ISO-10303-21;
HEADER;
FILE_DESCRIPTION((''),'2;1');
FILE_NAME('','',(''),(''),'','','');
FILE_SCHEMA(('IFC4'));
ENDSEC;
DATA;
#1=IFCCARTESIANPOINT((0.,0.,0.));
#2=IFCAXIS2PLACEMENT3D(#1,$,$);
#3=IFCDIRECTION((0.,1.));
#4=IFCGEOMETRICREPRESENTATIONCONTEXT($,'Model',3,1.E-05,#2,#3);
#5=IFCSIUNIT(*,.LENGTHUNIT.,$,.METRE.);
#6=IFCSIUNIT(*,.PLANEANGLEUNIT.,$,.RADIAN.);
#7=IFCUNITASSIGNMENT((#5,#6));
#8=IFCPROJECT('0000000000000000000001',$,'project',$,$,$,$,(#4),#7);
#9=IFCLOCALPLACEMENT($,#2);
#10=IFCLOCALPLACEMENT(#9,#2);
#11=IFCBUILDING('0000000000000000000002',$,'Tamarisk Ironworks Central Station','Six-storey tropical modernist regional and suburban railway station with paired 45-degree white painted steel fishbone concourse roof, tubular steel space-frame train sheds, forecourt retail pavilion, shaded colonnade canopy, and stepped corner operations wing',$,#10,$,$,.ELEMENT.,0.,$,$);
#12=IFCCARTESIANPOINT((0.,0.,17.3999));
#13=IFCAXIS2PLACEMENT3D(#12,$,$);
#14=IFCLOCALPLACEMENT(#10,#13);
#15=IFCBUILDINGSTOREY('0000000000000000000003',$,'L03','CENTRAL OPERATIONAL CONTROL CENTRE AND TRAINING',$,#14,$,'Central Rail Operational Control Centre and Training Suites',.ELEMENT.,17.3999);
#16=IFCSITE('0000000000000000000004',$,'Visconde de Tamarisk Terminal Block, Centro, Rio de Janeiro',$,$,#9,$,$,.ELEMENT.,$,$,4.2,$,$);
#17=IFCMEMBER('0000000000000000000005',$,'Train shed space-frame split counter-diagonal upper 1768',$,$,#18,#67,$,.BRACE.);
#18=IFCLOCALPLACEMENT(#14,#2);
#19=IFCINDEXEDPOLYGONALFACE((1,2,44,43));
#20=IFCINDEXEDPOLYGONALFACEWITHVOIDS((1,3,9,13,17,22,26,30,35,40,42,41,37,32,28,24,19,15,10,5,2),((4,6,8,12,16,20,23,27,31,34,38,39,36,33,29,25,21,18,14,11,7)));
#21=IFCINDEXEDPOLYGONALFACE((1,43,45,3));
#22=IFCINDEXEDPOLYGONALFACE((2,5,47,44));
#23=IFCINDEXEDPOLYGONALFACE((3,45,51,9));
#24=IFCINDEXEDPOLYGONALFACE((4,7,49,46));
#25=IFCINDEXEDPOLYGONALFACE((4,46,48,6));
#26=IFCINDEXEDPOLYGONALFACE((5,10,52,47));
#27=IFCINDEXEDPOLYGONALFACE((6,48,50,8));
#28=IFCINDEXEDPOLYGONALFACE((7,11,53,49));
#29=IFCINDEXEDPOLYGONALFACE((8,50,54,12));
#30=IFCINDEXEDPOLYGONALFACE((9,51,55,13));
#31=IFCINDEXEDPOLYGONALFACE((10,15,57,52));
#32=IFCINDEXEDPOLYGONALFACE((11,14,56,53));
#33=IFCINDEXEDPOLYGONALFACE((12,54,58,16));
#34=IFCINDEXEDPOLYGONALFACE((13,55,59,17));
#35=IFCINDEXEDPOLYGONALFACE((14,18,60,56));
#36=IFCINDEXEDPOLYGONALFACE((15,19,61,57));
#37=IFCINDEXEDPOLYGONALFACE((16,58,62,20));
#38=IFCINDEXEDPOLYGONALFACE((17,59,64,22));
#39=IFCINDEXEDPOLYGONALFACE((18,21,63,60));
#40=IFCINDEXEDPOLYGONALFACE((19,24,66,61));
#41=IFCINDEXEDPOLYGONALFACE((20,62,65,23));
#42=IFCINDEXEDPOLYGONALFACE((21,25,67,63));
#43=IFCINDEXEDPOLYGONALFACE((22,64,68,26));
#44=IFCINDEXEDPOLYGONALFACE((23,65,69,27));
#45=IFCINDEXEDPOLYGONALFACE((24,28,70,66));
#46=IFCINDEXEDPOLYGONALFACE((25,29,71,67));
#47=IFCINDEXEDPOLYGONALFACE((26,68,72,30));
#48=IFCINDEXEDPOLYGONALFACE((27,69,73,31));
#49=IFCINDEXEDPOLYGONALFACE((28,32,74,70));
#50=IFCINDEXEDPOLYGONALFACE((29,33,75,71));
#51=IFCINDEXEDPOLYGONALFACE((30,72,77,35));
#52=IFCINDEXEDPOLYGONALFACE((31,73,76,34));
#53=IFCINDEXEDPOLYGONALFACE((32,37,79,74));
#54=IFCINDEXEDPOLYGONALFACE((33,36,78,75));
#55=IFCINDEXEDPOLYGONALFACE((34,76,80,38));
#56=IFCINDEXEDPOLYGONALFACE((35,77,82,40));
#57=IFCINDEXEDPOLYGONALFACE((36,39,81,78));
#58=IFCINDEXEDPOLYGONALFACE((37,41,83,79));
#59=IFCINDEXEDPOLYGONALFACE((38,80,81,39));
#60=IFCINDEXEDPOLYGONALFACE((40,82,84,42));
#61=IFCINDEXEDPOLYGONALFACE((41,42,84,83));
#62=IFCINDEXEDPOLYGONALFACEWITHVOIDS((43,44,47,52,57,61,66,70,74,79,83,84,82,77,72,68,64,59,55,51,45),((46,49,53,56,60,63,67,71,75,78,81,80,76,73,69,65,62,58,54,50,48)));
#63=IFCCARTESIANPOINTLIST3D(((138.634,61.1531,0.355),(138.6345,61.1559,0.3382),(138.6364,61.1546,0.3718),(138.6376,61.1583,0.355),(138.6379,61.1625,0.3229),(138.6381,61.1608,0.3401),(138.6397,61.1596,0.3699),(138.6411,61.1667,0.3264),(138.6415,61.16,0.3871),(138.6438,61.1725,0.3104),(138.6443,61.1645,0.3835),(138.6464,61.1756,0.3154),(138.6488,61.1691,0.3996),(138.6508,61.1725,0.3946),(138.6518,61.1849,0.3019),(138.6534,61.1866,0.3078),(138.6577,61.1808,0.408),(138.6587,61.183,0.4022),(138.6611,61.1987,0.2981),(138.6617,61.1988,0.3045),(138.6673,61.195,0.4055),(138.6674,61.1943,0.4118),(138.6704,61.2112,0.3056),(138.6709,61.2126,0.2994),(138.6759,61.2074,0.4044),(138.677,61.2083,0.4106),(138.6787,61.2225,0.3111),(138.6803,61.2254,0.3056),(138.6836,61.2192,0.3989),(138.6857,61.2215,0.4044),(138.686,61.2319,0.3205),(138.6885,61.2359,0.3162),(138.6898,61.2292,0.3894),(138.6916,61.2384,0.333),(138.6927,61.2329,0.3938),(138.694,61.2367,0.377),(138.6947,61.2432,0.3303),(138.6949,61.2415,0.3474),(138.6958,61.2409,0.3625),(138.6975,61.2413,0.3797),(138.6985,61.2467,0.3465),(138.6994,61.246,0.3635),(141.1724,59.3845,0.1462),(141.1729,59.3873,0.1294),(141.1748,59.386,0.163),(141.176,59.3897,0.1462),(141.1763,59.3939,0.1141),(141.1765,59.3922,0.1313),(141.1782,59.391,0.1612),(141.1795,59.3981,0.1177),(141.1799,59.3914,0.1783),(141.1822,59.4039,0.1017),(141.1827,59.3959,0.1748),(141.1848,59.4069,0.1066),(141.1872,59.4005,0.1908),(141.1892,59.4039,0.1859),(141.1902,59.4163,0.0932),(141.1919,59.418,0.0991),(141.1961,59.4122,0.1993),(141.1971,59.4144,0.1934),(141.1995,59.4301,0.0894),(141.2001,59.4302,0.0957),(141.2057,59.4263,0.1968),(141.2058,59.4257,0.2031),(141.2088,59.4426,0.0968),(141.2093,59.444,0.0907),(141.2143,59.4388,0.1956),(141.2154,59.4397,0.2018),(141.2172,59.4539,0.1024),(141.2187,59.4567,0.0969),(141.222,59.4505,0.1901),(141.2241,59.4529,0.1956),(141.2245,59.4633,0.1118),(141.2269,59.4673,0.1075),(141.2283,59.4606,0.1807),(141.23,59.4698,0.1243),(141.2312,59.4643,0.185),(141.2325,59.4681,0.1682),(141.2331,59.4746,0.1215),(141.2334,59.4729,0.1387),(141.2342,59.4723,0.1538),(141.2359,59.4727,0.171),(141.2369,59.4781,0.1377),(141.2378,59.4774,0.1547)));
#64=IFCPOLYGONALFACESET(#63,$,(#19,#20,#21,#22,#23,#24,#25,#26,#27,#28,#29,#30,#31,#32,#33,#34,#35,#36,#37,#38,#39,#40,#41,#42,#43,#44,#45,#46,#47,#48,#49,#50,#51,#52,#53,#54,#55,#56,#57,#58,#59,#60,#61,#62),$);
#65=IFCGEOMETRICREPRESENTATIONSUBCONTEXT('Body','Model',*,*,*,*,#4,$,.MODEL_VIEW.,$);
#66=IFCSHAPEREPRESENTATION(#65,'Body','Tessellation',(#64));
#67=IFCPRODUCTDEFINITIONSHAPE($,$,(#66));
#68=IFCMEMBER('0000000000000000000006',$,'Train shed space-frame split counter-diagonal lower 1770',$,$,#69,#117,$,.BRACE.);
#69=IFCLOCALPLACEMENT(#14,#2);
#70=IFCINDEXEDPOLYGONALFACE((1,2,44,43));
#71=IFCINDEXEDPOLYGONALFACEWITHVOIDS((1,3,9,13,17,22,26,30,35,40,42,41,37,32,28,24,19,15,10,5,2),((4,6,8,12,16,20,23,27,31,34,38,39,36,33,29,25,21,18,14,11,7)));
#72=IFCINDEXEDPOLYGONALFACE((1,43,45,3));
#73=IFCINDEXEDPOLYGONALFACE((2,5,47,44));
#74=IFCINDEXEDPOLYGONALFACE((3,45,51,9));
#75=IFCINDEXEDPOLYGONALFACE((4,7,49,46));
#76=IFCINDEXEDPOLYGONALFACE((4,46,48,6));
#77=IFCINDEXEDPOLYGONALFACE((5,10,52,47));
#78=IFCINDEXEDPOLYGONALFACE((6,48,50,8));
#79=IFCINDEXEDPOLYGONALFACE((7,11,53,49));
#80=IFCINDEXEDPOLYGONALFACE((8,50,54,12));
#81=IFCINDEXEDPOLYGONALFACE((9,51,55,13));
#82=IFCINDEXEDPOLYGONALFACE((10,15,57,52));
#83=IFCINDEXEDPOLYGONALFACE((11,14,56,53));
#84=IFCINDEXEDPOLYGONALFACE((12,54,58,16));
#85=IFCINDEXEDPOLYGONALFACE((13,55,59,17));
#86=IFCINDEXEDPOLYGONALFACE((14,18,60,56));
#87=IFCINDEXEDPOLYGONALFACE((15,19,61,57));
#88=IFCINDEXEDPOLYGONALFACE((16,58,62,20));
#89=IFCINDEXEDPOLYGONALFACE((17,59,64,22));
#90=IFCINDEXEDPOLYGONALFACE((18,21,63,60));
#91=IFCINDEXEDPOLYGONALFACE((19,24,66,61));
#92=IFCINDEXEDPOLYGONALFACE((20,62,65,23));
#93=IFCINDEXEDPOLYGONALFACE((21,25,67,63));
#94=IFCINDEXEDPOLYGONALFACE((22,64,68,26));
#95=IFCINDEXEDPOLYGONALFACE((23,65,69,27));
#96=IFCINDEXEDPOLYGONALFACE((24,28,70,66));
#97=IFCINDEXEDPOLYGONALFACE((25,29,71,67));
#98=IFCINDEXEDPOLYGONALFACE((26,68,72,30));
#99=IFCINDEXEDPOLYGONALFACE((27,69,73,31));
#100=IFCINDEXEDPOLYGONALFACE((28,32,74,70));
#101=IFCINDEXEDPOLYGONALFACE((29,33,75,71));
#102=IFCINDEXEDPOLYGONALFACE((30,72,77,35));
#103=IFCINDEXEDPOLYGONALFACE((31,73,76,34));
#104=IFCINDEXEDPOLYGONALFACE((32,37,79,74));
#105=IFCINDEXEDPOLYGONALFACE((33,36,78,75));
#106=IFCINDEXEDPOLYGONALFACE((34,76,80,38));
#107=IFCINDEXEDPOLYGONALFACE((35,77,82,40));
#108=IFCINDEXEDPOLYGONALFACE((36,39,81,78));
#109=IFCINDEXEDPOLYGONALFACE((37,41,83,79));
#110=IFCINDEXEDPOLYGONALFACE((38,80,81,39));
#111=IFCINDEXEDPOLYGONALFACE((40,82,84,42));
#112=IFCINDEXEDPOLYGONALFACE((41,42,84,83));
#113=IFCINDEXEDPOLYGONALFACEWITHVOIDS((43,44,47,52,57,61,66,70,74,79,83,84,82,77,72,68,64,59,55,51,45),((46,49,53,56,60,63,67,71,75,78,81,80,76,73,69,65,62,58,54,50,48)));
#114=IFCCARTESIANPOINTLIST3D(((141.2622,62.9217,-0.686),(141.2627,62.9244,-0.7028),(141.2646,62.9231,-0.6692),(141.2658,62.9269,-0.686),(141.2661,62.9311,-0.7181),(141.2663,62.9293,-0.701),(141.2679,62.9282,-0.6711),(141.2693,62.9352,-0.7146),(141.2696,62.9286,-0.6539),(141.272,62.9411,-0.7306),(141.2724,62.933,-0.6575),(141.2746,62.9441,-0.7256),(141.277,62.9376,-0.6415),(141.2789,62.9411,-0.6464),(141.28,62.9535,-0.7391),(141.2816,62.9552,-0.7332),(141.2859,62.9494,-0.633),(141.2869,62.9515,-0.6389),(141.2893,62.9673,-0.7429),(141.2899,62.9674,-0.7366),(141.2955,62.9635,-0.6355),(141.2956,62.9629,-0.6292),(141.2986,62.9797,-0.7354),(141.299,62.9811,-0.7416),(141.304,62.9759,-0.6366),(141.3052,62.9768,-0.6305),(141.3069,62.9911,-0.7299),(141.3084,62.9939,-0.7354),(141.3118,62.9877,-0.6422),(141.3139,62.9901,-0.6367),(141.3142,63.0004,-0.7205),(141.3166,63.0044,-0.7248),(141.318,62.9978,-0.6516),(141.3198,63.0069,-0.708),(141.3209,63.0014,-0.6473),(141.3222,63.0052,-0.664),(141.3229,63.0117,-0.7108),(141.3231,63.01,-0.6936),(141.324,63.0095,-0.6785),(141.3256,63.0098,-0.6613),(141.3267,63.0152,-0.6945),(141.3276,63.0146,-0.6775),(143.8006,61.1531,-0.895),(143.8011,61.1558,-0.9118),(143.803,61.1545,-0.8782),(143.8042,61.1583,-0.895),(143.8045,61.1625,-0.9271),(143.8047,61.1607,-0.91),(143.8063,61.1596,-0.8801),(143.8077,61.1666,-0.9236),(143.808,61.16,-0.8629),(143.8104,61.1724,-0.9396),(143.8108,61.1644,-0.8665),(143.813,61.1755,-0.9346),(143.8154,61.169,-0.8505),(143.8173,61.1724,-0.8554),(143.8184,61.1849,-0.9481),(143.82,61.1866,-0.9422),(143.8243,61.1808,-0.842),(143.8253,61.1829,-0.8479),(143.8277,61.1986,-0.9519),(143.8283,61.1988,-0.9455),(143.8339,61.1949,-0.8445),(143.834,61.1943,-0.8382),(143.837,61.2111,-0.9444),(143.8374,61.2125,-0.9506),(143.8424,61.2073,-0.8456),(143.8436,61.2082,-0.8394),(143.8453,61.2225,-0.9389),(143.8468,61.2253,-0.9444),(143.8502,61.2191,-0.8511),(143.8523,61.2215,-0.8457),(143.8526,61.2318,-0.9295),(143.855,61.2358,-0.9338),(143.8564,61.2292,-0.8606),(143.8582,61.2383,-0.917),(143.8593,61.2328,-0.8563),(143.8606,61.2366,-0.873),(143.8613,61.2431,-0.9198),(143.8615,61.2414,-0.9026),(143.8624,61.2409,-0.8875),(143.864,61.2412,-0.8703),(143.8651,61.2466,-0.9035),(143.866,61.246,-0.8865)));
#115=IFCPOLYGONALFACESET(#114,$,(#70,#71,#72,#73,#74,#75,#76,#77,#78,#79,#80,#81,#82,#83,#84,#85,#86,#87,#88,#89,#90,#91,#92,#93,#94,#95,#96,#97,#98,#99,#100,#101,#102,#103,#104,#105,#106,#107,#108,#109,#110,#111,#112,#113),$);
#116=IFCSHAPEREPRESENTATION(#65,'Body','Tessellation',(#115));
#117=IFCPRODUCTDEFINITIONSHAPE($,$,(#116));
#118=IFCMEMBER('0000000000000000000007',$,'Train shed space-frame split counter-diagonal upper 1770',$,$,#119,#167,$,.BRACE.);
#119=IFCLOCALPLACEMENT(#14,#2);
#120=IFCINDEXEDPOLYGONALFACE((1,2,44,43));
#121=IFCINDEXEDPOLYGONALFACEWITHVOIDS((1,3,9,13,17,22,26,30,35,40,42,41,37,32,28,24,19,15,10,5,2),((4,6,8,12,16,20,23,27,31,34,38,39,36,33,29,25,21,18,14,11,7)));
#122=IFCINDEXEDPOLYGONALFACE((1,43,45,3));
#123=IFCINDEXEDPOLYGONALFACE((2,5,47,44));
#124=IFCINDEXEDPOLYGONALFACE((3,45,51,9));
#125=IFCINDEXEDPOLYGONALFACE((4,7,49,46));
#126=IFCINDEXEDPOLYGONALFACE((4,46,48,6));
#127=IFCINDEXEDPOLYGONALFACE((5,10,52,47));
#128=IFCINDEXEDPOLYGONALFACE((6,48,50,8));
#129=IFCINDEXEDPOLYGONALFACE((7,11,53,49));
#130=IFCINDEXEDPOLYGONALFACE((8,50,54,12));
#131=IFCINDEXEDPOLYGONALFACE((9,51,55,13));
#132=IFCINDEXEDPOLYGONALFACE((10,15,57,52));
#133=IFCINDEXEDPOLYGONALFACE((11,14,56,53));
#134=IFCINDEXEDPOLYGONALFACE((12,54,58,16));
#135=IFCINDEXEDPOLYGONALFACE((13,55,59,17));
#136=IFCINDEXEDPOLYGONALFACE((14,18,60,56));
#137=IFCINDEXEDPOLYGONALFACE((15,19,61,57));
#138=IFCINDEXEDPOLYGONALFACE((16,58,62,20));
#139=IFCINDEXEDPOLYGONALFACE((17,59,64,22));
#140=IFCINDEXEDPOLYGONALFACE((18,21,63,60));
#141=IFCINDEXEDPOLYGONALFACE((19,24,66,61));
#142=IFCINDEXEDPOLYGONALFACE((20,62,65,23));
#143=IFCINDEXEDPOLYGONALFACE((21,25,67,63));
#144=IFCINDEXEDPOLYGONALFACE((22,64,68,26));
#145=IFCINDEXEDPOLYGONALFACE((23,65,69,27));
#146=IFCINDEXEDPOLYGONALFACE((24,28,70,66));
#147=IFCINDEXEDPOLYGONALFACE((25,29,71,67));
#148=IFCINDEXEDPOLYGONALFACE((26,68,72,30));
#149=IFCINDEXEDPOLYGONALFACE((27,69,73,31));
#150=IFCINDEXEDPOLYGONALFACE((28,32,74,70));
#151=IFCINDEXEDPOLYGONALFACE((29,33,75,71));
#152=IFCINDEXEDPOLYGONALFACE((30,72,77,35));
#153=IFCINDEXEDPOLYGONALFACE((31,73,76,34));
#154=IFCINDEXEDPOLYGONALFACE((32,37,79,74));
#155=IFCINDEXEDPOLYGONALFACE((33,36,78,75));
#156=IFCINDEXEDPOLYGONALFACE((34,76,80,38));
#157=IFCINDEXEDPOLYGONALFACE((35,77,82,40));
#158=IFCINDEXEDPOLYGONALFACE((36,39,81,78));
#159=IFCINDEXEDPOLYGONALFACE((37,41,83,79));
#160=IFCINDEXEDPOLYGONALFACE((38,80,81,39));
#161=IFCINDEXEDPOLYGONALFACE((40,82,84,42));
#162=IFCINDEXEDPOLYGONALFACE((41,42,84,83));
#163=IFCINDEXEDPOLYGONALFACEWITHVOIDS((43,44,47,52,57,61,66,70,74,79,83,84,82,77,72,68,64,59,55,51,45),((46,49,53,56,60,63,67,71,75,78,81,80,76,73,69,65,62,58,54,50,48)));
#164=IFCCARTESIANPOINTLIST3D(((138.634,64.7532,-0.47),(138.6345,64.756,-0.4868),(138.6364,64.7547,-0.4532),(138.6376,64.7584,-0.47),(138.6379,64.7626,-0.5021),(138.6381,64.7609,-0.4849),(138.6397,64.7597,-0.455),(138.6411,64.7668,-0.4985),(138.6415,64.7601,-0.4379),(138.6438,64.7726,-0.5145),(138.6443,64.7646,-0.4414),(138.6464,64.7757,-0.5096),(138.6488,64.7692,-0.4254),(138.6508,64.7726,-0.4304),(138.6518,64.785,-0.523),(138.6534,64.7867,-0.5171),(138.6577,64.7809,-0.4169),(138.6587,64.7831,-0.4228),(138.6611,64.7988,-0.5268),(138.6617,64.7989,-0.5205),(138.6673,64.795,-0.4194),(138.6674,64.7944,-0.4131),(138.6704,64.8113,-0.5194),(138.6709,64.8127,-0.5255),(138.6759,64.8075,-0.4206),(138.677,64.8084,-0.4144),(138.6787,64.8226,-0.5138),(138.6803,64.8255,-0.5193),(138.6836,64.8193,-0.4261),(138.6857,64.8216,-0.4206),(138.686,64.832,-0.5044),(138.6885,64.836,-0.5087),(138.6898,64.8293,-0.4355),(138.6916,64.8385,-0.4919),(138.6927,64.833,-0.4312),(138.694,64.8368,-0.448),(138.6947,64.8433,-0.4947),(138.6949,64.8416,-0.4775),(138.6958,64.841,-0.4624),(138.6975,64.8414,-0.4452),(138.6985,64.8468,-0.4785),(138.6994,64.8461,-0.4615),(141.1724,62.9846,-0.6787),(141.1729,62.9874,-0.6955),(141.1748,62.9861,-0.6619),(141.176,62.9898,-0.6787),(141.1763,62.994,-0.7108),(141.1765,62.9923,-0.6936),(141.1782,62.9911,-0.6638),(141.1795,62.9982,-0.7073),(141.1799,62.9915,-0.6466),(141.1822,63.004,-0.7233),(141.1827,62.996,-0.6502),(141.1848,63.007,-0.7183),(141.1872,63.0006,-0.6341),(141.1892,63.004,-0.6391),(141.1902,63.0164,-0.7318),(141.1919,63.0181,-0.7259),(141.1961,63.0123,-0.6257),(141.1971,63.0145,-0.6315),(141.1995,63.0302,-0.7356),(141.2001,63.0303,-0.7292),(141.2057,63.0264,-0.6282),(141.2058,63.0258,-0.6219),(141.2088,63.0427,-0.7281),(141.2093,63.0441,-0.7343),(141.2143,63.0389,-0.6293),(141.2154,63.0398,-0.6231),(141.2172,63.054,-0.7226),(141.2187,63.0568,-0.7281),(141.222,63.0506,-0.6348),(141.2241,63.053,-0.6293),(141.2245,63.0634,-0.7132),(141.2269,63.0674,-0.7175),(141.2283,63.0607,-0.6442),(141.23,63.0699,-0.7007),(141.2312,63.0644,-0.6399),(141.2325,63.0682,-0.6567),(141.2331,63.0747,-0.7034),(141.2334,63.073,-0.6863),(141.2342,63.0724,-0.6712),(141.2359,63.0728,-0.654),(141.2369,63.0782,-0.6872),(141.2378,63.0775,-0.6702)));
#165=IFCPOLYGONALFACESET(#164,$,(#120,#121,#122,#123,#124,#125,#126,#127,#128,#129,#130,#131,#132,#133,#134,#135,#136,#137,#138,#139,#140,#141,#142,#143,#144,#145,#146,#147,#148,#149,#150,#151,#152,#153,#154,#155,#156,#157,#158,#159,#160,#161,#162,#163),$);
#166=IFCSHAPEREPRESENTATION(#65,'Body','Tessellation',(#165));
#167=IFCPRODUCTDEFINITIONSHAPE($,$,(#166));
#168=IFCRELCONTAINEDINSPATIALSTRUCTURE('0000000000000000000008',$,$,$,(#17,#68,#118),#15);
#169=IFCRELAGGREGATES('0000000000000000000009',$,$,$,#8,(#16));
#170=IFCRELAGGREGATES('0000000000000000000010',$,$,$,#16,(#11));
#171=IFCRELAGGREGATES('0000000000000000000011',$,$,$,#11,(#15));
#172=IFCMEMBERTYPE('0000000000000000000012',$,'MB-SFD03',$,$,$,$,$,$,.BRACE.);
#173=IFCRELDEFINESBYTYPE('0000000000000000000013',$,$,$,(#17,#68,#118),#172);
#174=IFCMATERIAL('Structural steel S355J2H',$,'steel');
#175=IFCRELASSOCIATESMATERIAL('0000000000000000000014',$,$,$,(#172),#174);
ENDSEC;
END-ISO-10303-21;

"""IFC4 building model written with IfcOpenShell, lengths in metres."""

from ifc_helpers import new_model, si_unit, direction, frame, origin, origin_2d, place, context, subcontext, project, spatial, hollow_circle, extrude, material, material_profile, profile_set, type_object, element, save


model = new_model("IFC4")

# Units and contexts
model_context = context("Model", 3, precision=1e-05, world=origin(), true_north=direction((0.0, 1.0)))
body_context = subcontext(model_context, "Body", "Model", "MODEL_VIEW")
ifc_project = project(units=[si_unit("LENGTHUNIT", "METRE"), si_unit("PLANEANGLEUNIT", "RADIAN")], contexts=[model_context])

# Site, building, storey
site_placement = place(None, origin())
site = spatial("IfcSite", under=ifc_project, at=site_placement, Name="Visconde de Tamarisk Terminal Block, Centro, Rio de Janeiro", CompositionType="ELEMENT", RefElevation=4.2)
building_placement = place(site_placement, origin())
building = spatial("IfcBuilding", under=site, at=building_placement, Name="Tamarisk Ironworks Central Station", Description="Six-storey tropical modernist regional and suburban railway station with paired 45-degree white painted steel fishbone concourse roof, tubular steel space-frame train sheds, forecourt retail pavilion, shaded colonnade canopy, and stepped corner operations wing", CompositionType="ELEMENT", ElevationOfRefHeight=0.0)
storey_placement = place(building_placement, frame((0.0, 0.0, 17.3999)))
storey = spatial("IfcBuildingStorey", under=building, at=storey_placement, Name="L03", Description="CENTRAL OPERATIONAL CONTROL CENTRE AND TRAINING", LongName="Central Rail Operational Control Centre and Training Suites", CompositionType="ELEMENT", Elevation=17.3999)

# Members
ifc_material = material(Name="Structural steel S355J2H", Category="steel")
ifc_material_profile_1 = material_profile(ifc_material, hollow_circle(Radius=0.0571, WallThickness=0.0063, at=origin_2d()), Name="CHS 114.3x6.3")
ifc_profile_set_1 = profile_set([ifc_material_profile_1], Name="Structural steel S355J2H")
member_type_1 = type_object("IfcMemberType", Name="MB-SFD03", PredefinedType="BRACE", material=ifc_profile_set_1)
for number, where, z_axis, x_axis, name in (
    (1, (141.2051, 59.4314, 0.1462), (-0.818625, 0.570369, 0.06732), (-0.571666, -0.820487, 0.0), "Train shed space-frame split counter-diagonal upper 1768"),
    (2, (143.8333, 61.2, -0.895), (-0.818621, 0.570366, 0.067398), (-0.571666, -0.820487, 0.0), "Train shed space-frame split counter-diagonal lower 1770"),
    (3, (141.2051, 63.0315, -0.6787), (-0.818625, 0.570369, 0.06732), (-0.571666, -0.820487, 0.0), "Train shed space-frame split counter-diagonal upper 1770"),
):
    element("IfcMember", number, at=place(storey_placement, frame(where, z_axis=z_axis, x_axis=x_axis)), inside=storey, type_object=member_type_1, Name=name, PredefinedType="BRACE", context=body_context, shape_type="SweptSolid", body=[
        extrude(hollow_circle(Radius=0.0571, WallThickness=0.0063, at=origin_2d()), origin(), (0.0, 0.0, 1.0), 3.1008),
    ])

save(model, "model.ifc")
